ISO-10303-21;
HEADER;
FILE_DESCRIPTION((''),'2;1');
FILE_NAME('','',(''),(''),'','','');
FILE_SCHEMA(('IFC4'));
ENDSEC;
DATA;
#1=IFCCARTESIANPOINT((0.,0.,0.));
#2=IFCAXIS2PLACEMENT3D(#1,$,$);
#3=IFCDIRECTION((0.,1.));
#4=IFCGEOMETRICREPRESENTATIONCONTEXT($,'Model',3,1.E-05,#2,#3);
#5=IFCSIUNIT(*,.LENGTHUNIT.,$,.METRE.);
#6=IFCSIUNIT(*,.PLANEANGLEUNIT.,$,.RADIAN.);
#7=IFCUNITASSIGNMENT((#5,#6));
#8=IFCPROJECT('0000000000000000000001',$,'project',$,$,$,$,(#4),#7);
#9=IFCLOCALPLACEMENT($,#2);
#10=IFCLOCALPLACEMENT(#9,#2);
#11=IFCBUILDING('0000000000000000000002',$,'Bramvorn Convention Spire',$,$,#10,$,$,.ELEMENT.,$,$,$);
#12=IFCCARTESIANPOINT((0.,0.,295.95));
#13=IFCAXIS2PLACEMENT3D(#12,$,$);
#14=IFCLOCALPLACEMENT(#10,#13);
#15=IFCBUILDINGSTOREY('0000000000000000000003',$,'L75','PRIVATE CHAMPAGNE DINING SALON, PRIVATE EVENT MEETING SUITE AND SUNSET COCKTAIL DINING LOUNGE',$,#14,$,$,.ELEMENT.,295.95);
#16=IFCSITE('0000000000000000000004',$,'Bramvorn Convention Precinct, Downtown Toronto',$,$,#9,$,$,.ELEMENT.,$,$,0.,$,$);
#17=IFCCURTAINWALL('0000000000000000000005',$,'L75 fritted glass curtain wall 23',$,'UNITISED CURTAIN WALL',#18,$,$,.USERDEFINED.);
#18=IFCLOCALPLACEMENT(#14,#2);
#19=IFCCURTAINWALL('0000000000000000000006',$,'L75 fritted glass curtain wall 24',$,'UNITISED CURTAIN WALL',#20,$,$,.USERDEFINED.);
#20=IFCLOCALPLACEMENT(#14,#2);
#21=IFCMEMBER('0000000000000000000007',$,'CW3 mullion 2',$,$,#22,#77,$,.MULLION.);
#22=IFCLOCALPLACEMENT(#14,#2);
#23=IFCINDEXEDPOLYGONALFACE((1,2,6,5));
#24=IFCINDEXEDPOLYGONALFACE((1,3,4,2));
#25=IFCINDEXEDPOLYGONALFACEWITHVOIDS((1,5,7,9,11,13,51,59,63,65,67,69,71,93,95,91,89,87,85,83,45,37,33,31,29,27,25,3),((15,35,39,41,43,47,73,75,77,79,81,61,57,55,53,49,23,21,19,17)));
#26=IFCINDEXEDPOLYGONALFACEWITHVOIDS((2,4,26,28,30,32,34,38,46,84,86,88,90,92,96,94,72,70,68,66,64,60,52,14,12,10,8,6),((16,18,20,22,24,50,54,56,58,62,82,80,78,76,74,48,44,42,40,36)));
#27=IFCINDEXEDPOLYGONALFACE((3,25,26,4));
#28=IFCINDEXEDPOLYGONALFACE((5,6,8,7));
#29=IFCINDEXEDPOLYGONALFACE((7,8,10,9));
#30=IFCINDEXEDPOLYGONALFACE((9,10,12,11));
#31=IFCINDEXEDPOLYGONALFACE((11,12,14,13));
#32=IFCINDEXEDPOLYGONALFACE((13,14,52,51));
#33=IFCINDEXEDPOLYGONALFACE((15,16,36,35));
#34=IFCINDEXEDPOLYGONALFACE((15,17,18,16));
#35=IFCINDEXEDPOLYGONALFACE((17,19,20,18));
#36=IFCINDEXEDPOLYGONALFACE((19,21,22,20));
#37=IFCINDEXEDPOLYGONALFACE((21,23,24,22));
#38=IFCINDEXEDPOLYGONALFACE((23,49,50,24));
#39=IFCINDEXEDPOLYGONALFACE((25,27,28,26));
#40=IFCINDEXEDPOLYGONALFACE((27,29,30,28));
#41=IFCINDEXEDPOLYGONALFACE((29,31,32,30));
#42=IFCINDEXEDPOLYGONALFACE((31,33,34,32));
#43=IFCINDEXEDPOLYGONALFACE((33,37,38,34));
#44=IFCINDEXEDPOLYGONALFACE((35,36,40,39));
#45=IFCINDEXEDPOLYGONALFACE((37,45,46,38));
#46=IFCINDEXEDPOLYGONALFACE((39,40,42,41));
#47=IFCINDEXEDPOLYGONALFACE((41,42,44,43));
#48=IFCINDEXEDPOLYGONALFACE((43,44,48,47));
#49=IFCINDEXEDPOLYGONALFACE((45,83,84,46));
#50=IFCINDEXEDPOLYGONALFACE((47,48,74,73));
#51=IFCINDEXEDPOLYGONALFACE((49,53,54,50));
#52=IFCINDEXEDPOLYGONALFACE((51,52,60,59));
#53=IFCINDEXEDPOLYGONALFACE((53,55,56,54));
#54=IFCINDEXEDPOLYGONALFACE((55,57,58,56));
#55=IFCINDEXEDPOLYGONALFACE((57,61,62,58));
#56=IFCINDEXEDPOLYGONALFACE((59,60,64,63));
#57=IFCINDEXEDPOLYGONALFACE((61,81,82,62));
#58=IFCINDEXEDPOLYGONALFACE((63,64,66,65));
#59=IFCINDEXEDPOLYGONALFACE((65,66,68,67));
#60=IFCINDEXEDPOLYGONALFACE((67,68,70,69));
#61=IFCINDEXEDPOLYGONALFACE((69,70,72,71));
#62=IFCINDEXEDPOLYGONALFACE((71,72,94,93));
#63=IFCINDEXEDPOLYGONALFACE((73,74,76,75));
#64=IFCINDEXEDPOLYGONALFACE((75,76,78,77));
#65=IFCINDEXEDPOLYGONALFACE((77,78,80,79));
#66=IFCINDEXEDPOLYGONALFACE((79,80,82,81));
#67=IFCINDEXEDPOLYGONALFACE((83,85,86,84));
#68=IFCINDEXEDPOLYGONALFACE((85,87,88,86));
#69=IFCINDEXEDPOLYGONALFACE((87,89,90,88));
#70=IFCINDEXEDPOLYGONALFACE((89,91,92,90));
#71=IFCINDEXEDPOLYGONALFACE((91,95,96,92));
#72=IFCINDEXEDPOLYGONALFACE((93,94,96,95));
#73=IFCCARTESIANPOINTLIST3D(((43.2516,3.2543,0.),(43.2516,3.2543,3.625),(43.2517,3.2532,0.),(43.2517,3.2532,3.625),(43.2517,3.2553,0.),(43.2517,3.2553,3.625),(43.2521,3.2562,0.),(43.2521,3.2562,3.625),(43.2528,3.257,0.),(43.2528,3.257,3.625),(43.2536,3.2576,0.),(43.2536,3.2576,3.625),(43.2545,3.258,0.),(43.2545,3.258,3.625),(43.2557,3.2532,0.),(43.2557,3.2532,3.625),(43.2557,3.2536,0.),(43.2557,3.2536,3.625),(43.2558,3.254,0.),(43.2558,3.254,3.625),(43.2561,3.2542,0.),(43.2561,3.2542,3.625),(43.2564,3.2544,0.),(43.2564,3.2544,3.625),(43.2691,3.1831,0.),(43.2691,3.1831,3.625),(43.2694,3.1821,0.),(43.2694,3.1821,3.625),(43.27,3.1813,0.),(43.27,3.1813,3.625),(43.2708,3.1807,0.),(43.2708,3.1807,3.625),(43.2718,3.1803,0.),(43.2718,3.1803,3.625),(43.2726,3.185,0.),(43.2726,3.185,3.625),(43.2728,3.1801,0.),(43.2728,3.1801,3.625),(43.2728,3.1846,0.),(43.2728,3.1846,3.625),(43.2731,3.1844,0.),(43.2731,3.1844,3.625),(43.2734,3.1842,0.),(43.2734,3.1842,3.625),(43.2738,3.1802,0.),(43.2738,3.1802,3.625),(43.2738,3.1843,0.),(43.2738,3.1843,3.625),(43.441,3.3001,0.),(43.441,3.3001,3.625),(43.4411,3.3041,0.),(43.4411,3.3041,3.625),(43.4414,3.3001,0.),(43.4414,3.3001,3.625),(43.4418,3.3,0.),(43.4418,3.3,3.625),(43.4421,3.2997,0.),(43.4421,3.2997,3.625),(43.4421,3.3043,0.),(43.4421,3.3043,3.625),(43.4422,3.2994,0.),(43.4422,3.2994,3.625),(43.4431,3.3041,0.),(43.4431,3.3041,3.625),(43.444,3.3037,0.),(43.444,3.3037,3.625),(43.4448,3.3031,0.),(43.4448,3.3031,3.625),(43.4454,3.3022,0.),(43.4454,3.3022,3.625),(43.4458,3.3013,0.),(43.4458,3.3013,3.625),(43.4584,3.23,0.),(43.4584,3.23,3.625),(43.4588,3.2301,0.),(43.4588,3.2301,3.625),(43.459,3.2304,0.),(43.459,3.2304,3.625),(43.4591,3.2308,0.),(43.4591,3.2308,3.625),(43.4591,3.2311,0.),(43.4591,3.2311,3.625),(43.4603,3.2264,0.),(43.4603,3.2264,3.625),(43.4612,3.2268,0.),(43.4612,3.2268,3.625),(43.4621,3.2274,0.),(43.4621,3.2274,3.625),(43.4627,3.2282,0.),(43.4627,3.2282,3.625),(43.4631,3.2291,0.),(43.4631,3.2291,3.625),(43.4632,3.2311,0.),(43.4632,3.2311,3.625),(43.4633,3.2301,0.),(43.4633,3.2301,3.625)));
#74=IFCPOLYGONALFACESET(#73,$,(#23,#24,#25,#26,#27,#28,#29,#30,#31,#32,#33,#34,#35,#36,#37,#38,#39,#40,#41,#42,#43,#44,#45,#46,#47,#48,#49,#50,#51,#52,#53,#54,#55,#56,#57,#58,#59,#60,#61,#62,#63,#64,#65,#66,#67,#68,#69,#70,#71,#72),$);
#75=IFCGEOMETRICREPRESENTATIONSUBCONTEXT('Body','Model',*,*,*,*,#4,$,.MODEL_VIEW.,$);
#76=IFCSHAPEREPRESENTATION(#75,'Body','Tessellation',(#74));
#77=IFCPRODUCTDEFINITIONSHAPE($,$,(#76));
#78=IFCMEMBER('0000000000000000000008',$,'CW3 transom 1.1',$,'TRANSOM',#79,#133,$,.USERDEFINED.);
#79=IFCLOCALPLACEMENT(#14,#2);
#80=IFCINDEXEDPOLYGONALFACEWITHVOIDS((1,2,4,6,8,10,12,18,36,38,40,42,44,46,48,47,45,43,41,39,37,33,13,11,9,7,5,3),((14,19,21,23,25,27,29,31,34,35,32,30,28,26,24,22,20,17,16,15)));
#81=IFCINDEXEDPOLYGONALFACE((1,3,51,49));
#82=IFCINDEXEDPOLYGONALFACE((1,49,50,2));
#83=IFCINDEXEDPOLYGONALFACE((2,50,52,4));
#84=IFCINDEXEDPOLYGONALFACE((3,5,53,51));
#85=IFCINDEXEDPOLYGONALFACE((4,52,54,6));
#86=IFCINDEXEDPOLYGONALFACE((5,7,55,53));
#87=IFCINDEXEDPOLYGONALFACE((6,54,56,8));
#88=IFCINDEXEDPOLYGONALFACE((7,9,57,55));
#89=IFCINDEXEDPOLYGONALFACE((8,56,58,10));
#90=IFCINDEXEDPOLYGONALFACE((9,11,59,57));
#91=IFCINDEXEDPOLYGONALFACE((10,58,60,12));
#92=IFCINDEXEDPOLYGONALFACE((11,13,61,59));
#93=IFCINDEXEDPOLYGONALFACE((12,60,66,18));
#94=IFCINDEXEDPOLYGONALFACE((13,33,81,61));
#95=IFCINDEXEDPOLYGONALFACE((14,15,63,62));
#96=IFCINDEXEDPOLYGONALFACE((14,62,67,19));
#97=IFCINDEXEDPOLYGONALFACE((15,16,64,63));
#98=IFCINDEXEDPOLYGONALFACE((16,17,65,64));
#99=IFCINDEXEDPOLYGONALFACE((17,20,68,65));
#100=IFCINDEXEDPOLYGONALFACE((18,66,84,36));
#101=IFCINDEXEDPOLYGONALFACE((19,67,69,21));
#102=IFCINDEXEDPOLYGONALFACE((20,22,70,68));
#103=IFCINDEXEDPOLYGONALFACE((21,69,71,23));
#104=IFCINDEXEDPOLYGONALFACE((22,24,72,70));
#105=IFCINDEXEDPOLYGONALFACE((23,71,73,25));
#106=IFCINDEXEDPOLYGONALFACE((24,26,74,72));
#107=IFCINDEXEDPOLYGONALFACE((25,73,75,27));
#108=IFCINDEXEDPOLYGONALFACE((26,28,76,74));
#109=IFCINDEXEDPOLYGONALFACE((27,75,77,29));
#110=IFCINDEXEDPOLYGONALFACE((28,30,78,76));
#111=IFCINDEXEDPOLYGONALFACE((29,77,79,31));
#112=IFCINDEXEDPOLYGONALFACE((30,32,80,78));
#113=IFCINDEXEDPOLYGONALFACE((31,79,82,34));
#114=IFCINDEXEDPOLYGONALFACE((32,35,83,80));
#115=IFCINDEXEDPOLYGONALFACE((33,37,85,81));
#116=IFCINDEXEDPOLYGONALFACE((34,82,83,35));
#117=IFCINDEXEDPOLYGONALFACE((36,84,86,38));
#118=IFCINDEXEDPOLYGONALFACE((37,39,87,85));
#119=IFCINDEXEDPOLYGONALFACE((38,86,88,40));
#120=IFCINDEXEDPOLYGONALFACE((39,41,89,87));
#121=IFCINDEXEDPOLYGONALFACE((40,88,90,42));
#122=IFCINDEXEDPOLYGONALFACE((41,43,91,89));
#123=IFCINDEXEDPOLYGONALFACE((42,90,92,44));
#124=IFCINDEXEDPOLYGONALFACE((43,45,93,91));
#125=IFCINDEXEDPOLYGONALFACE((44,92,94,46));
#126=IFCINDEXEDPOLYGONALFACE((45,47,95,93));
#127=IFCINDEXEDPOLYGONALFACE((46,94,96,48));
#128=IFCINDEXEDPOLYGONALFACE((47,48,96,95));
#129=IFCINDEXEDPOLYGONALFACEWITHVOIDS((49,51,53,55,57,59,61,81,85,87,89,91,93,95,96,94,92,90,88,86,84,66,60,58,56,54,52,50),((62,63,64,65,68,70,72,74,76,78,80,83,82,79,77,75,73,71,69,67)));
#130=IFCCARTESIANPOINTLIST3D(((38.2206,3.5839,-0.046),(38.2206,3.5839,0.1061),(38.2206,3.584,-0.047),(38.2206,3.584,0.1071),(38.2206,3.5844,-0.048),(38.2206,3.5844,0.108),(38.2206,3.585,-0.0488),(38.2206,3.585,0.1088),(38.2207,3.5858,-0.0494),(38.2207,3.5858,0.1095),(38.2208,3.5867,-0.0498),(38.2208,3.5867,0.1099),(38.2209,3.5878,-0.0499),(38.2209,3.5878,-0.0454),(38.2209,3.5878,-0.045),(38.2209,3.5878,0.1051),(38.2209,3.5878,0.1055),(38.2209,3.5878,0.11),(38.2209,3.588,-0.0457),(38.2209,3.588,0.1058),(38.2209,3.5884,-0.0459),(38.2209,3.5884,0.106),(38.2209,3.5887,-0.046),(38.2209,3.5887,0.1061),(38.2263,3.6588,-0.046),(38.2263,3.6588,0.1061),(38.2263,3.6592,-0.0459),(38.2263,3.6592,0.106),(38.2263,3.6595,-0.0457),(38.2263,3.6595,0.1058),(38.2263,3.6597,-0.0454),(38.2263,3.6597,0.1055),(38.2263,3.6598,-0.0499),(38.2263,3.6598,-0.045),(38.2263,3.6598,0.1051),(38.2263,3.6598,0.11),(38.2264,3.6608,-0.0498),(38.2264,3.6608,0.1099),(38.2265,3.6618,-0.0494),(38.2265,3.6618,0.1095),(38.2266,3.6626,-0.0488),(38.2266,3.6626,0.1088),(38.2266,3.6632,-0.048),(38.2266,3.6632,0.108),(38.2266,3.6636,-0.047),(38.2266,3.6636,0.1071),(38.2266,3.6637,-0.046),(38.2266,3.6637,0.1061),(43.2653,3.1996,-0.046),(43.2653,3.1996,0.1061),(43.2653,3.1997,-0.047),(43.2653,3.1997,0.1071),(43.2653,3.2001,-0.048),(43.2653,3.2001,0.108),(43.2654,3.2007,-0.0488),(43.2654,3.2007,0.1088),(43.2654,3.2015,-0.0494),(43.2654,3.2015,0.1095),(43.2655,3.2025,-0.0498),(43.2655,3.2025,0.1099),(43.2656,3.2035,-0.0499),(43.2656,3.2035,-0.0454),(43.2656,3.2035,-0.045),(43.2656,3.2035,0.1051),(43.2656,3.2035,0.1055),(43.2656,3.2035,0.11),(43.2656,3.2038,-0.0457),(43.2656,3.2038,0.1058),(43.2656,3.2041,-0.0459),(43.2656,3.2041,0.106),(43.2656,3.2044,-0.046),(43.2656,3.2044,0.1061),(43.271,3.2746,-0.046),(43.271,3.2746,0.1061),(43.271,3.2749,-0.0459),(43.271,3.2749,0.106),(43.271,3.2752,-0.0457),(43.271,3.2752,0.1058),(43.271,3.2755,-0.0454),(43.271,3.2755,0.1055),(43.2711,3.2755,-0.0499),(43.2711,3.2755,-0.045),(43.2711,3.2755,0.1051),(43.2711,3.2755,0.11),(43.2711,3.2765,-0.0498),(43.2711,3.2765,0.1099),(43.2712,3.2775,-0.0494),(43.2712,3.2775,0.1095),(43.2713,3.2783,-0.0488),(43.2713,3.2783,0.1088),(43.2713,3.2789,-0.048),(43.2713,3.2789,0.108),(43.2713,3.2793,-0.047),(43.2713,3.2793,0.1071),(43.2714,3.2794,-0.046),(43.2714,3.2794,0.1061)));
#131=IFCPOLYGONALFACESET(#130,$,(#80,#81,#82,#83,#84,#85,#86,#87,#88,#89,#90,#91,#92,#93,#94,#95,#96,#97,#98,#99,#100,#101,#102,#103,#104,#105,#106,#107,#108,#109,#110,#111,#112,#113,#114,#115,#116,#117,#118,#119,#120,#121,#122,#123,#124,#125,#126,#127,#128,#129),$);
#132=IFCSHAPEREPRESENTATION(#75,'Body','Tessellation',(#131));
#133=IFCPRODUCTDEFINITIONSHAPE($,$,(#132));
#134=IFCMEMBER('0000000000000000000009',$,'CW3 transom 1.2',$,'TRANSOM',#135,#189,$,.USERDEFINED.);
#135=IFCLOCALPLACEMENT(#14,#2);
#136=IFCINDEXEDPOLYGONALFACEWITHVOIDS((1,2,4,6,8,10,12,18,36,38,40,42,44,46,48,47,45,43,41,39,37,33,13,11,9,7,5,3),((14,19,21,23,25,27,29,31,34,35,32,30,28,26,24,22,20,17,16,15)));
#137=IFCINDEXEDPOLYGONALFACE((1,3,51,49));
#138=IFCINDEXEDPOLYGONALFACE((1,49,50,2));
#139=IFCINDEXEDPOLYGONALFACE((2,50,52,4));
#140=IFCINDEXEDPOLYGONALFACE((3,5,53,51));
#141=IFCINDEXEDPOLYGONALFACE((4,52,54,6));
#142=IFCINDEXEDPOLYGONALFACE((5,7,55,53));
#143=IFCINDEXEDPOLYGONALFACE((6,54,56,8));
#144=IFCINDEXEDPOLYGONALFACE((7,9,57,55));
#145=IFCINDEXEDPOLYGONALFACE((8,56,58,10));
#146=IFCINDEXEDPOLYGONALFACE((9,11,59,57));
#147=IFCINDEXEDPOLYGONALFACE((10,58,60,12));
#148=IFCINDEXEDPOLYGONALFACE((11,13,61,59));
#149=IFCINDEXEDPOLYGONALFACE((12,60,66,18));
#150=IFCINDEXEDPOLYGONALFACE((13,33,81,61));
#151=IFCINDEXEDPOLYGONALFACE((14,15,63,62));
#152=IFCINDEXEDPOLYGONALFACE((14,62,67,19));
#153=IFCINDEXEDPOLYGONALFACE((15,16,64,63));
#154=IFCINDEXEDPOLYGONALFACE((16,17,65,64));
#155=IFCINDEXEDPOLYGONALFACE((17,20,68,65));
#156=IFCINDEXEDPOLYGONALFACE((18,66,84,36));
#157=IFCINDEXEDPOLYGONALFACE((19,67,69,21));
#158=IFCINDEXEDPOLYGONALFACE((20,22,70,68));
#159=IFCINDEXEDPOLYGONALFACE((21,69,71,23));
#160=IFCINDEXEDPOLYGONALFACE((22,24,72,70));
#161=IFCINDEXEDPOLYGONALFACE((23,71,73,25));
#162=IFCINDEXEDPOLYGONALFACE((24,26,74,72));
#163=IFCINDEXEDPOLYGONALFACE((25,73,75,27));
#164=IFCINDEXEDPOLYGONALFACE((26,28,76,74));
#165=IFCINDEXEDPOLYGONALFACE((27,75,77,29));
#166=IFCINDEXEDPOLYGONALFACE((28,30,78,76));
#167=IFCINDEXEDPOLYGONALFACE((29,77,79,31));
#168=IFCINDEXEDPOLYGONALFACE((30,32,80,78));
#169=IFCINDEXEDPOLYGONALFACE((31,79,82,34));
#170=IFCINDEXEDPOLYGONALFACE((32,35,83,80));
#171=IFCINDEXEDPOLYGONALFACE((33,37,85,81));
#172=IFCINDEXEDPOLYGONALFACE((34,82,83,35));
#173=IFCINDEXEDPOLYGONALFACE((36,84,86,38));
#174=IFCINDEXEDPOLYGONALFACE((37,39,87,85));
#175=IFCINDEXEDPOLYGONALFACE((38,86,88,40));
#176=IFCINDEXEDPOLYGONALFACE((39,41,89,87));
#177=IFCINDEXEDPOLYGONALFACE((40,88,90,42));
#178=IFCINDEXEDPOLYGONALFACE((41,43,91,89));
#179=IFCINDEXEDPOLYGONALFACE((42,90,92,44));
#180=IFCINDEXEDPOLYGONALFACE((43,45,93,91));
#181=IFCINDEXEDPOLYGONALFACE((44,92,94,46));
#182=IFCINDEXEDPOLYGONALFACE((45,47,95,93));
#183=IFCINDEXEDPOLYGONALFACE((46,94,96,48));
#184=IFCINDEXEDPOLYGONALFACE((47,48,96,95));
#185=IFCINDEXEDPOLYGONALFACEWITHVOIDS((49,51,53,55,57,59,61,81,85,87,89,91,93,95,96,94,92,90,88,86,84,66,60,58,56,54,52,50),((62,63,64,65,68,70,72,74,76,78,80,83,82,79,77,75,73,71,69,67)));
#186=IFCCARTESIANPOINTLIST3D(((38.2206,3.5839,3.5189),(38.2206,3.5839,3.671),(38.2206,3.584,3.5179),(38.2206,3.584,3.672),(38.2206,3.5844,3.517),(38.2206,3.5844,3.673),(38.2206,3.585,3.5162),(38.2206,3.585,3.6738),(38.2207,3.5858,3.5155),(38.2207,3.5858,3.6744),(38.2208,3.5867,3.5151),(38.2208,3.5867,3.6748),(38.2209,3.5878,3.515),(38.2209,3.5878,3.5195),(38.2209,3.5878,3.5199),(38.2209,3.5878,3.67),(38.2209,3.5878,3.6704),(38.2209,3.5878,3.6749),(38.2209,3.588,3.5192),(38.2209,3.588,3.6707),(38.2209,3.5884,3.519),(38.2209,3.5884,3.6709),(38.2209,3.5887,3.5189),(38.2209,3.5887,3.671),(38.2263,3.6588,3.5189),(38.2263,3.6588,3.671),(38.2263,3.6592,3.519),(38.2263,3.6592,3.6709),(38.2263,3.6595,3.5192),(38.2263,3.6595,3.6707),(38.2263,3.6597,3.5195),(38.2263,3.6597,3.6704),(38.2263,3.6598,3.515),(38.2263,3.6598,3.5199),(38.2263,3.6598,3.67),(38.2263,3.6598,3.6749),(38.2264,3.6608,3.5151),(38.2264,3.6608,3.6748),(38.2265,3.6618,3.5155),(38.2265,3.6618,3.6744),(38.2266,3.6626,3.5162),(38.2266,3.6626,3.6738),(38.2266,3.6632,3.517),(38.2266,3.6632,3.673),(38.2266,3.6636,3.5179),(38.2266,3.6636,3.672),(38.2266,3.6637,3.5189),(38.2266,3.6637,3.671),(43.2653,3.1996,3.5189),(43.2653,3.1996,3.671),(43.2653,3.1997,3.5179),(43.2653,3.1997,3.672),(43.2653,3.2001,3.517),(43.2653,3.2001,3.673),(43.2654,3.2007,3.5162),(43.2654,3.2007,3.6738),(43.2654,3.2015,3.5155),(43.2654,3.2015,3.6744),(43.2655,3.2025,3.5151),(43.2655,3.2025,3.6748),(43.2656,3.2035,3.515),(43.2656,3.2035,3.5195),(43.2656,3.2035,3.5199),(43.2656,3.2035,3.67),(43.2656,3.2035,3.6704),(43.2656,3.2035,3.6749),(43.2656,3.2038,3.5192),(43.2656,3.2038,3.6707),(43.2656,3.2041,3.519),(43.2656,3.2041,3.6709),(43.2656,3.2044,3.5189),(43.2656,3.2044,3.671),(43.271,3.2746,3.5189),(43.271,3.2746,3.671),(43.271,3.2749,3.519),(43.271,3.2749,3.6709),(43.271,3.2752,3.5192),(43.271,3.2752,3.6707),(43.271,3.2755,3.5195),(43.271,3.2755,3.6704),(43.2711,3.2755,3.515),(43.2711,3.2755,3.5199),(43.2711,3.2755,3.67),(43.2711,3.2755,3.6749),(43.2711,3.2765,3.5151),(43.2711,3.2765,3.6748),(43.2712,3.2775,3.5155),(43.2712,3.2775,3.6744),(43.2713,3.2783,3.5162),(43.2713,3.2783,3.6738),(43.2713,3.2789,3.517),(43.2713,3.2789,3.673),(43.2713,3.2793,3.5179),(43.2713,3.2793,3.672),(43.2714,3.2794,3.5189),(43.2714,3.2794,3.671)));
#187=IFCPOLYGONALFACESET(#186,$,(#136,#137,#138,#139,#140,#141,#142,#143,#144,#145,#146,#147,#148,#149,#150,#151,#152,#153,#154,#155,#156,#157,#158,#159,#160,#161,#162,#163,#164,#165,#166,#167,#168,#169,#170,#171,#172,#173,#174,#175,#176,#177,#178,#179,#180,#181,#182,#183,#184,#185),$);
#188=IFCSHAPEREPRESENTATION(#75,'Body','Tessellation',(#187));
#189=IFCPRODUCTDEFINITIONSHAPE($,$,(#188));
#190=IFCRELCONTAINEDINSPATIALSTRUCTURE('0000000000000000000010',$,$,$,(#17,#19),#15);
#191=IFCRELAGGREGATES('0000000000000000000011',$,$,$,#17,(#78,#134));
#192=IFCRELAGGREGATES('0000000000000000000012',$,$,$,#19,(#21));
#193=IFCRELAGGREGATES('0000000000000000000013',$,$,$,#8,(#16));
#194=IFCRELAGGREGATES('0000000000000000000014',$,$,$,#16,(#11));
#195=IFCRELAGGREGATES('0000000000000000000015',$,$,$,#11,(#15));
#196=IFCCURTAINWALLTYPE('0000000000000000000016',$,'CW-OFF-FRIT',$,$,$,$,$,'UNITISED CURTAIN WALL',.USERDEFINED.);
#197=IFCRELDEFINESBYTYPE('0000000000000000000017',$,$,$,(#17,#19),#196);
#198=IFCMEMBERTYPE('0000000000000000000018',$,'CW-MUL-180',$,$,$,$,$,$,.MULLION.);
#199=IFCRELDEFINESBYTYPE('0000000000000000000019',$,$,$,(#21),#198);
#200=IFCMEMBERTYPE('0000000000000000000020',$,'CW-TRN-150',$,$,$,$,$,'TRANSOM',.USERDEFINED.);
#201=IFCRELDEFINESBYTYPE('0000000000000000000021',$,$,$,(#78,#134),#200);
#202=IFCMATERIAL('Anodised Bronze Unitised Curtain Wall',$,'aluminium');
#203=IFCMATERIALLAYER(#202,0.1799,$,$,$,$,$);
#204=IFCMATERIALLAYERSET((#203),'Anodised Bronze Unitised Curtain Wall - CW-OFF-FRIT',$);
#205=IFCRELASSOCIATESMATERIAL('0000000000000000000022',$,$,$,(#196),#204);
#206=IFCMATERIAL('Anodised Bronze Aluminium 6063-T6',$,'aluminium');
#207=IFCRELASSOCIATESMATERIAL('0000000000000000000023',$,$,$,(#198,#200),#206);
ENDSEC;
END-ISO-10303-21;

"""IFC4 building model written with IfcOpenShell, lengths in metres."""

from ifc_helpers import new_model, si_unit, direction, frame, origin, origin_2d, place, context, subcontext, project, spatial, hollow_rectangle, extrude, material, layer, layer_set, material_profile, profile_set, type_object, element, aggregate, save


model = new_model("IFC4")

# Units and contexts
model_context = context("Model", 3, precision=1e-05, world=origin(), true_north=direction((0.0, 1.0)))
body_context = subcontext(model_context, "Body", "Model", "MODEL_VIEW")
ifc_project = project(units=[si_unit("LENGTHUNIT", "METRE"), si_unit("PLANEANGLEUNIT", "RADIAN")], contexts=[model_context])

# Site, building, storey
site_placement = place(None, origin())
site = spatial("IfcSite", under=ifc_project, at=site_placement, Name="Bramvorn Convention Precinct, Downtown Toronto", CompositionType="ELEMENT", RefElevation=0.0)
building_placement = place(site_placement, origin())
building = spatial("IfcBuilding", under=site, at=building_placement, Name="Bramvorn Convention Spire", CompositionType="ELEMENT")
storey_placement = place(building_placement, frame((0.0, 0.0, 295.95)))
storey = spatial("IfcBuildingStorey", under=building, at=storey_placement, Name="L75", Description="PRIVATE CHAMPAGNE DINING SALON, PRIVATE EVENT MEETING SUITE AND SUNSET COCKTAIL DINING LOUNGE", CompositionType="ELEMENT", Elevation=295.95)

# Shared definitions
ifc_material_1 = material(Name="Anodised Bronze Unitised Curtain Wall", Category="aluminium")
ifc_layer_1 = layer(ifc_material_1, 0.1799)
ifc_layer_set_1 = layer_set([ifc_layer_1], Name="Anodised Bronze Unitised Curtain Wall - CW-OFF-FRIT")
curtain_wall_type = type_object("IfcCurtainWallType", Name="CW-OFF-FRIT", ElementType="UNITISED CURTAIN WALL", PredefinedType="USERDEFINED", material=ifc_layer_set_1)
ifc_material_2 = material(Name="Anodised Bronze Aluminium 6063-T6", Category="aluminium")
ifc_material_profile_1 = material_profile(ifc_material_2, hollow_rectangle(XDim=0.0801, YDim=0.2, WallThickness=0.0039, InnerFilletRadius=0.001, OuterFilletRadius=0.0039, at=origin_2d()))
ifc_profile_set_1 = profile_set([ifc_material_profile_1], Name="Anodised Bronze Aluminium 6063-T6 - CWM80X200")
member_type_1 = type_object("IfcMemberType", Name="CW-MUL-180", PredefinedType="MULLION", material=ifc_profile_set_1)

# Curtain walls, member
curtain_wall_1_placement = place(storey_placement, origin())
curtain_wall_1 = element("IfcCurtainWall", 1, at=curtain_wall_1_placement, inside=storey, type_object=curtain_wall_type, Name="L75 fritted glass curtain wall 23", ObjectType="UNITISED CURTAIN WALL", PredefinedType="USERDEFINED")
curtain_wall_2_placement = place(storey_placement, origin())
curtain_wall_2 = element("IfcCurtainWall", 2, at=curtain_wall_2_placement, inside=storey, type_object=curtain_wall_type, Name="L75 fritted glass curtain wall 24", ObjectType="UNITISED CURTAIN WALL", PredefinedType="USERDEFINED")
member_1_placement = place(storey_placement, frame((43.3574, 3.2422, 0.0), z_axis=(0.0, 0.0, 1.0), x_axis=(0.240294, -0.9707, 0.0)))
member_1 = element("IfcMember", 3, at=member_1_placement, type_object=member_type_1, Name="CW3 mullion 2", PredefinedType="MULLION", context=body_context, shape_type="SweptSolid", body=[
    extrude(hollow_rectangle(XDim=0.0801, YDim=0.2, WallThickness=0.0039, InnerFilletRadius=0.001, OuterFilletRadius=0.0039, at=origin_2d()), origin(), (0.0, 0.0, 1.0), 3.625),
])

# Members
ifc_material_profile_2 = material_profile(ifc_material_2, hollow_rectangle(XDim=0.0801, YDim=0.1599, WallThickness=0.0039, InnerFilletRadius=0.001, OuterFilletRadius=0.0039, at=origin_2d()))
ifc_profile_set_2 = profile_set([ifc_material_profile_2], Name="Anodised Bronze Aluminium 6063-T6 - CWT80X160")
member_type_2 = type_object("IfcMemberType", Name="CW-TRN-150", ElementType="TRANSOM", PredefinedType="USERDEFINED", material=ifc_profile_set_2)
member_2_placement = place(storey_placement, frame((43.2683, 3.2395, 0.03), z_axis=(-0.997111, 0.075955, 0.0), x_axis=(-0.075955, -0.997111, 0.0)))
member_2 = element("IfcMember", 4, at=member_2_placement, type_object=member_type_2, Name="CW3 transom 1.1", ObjectType="TRANSOM", PredefinedType="USERDEFINED", context=body_context, shape_type="SweptSolid", body=[
    extrude(hollow_rectangle(XDim=0.0801, YDim=0.1599, WallThickness=0.0039, InnerFilletRadius=0.001, OuterFilletRadius=0.0039, at=origin_2d()), origin(), (0.0, 0.0, 1.0), 5.0593),
])
member_3_placement = place(storey_placement, frame((43.2683, 3.2395, 3.595), z_axis=(-0.997111, 0.075955, 0.0), x_axis=(-0.075955, -0.997111, 0.0)))
member_3 = element("IfcMember", 5, at=member_3_placement, type_object=member_type_2, Name="CW3 transom 1.2", ObjectType="TRANSOM", PredefinedType="USERDEFINED", context=body_context, shape_type="SweptSolid", body=[
    extrude(hollow_rectangle(XDim=0.0801, YDim=0.1599, WallThickness=0.0039, InnerFilletRadius=0.001, OuterFilletRadius=0.0039, at=origin_2d()), origin(), (0.0, 0.0, 1.0), 5.0593),
])

aggregate(curtain_wall_1, [member_2, member_3])
aggregate(curtain_wall_2, [member_1])

save(model, "model.ifc")
